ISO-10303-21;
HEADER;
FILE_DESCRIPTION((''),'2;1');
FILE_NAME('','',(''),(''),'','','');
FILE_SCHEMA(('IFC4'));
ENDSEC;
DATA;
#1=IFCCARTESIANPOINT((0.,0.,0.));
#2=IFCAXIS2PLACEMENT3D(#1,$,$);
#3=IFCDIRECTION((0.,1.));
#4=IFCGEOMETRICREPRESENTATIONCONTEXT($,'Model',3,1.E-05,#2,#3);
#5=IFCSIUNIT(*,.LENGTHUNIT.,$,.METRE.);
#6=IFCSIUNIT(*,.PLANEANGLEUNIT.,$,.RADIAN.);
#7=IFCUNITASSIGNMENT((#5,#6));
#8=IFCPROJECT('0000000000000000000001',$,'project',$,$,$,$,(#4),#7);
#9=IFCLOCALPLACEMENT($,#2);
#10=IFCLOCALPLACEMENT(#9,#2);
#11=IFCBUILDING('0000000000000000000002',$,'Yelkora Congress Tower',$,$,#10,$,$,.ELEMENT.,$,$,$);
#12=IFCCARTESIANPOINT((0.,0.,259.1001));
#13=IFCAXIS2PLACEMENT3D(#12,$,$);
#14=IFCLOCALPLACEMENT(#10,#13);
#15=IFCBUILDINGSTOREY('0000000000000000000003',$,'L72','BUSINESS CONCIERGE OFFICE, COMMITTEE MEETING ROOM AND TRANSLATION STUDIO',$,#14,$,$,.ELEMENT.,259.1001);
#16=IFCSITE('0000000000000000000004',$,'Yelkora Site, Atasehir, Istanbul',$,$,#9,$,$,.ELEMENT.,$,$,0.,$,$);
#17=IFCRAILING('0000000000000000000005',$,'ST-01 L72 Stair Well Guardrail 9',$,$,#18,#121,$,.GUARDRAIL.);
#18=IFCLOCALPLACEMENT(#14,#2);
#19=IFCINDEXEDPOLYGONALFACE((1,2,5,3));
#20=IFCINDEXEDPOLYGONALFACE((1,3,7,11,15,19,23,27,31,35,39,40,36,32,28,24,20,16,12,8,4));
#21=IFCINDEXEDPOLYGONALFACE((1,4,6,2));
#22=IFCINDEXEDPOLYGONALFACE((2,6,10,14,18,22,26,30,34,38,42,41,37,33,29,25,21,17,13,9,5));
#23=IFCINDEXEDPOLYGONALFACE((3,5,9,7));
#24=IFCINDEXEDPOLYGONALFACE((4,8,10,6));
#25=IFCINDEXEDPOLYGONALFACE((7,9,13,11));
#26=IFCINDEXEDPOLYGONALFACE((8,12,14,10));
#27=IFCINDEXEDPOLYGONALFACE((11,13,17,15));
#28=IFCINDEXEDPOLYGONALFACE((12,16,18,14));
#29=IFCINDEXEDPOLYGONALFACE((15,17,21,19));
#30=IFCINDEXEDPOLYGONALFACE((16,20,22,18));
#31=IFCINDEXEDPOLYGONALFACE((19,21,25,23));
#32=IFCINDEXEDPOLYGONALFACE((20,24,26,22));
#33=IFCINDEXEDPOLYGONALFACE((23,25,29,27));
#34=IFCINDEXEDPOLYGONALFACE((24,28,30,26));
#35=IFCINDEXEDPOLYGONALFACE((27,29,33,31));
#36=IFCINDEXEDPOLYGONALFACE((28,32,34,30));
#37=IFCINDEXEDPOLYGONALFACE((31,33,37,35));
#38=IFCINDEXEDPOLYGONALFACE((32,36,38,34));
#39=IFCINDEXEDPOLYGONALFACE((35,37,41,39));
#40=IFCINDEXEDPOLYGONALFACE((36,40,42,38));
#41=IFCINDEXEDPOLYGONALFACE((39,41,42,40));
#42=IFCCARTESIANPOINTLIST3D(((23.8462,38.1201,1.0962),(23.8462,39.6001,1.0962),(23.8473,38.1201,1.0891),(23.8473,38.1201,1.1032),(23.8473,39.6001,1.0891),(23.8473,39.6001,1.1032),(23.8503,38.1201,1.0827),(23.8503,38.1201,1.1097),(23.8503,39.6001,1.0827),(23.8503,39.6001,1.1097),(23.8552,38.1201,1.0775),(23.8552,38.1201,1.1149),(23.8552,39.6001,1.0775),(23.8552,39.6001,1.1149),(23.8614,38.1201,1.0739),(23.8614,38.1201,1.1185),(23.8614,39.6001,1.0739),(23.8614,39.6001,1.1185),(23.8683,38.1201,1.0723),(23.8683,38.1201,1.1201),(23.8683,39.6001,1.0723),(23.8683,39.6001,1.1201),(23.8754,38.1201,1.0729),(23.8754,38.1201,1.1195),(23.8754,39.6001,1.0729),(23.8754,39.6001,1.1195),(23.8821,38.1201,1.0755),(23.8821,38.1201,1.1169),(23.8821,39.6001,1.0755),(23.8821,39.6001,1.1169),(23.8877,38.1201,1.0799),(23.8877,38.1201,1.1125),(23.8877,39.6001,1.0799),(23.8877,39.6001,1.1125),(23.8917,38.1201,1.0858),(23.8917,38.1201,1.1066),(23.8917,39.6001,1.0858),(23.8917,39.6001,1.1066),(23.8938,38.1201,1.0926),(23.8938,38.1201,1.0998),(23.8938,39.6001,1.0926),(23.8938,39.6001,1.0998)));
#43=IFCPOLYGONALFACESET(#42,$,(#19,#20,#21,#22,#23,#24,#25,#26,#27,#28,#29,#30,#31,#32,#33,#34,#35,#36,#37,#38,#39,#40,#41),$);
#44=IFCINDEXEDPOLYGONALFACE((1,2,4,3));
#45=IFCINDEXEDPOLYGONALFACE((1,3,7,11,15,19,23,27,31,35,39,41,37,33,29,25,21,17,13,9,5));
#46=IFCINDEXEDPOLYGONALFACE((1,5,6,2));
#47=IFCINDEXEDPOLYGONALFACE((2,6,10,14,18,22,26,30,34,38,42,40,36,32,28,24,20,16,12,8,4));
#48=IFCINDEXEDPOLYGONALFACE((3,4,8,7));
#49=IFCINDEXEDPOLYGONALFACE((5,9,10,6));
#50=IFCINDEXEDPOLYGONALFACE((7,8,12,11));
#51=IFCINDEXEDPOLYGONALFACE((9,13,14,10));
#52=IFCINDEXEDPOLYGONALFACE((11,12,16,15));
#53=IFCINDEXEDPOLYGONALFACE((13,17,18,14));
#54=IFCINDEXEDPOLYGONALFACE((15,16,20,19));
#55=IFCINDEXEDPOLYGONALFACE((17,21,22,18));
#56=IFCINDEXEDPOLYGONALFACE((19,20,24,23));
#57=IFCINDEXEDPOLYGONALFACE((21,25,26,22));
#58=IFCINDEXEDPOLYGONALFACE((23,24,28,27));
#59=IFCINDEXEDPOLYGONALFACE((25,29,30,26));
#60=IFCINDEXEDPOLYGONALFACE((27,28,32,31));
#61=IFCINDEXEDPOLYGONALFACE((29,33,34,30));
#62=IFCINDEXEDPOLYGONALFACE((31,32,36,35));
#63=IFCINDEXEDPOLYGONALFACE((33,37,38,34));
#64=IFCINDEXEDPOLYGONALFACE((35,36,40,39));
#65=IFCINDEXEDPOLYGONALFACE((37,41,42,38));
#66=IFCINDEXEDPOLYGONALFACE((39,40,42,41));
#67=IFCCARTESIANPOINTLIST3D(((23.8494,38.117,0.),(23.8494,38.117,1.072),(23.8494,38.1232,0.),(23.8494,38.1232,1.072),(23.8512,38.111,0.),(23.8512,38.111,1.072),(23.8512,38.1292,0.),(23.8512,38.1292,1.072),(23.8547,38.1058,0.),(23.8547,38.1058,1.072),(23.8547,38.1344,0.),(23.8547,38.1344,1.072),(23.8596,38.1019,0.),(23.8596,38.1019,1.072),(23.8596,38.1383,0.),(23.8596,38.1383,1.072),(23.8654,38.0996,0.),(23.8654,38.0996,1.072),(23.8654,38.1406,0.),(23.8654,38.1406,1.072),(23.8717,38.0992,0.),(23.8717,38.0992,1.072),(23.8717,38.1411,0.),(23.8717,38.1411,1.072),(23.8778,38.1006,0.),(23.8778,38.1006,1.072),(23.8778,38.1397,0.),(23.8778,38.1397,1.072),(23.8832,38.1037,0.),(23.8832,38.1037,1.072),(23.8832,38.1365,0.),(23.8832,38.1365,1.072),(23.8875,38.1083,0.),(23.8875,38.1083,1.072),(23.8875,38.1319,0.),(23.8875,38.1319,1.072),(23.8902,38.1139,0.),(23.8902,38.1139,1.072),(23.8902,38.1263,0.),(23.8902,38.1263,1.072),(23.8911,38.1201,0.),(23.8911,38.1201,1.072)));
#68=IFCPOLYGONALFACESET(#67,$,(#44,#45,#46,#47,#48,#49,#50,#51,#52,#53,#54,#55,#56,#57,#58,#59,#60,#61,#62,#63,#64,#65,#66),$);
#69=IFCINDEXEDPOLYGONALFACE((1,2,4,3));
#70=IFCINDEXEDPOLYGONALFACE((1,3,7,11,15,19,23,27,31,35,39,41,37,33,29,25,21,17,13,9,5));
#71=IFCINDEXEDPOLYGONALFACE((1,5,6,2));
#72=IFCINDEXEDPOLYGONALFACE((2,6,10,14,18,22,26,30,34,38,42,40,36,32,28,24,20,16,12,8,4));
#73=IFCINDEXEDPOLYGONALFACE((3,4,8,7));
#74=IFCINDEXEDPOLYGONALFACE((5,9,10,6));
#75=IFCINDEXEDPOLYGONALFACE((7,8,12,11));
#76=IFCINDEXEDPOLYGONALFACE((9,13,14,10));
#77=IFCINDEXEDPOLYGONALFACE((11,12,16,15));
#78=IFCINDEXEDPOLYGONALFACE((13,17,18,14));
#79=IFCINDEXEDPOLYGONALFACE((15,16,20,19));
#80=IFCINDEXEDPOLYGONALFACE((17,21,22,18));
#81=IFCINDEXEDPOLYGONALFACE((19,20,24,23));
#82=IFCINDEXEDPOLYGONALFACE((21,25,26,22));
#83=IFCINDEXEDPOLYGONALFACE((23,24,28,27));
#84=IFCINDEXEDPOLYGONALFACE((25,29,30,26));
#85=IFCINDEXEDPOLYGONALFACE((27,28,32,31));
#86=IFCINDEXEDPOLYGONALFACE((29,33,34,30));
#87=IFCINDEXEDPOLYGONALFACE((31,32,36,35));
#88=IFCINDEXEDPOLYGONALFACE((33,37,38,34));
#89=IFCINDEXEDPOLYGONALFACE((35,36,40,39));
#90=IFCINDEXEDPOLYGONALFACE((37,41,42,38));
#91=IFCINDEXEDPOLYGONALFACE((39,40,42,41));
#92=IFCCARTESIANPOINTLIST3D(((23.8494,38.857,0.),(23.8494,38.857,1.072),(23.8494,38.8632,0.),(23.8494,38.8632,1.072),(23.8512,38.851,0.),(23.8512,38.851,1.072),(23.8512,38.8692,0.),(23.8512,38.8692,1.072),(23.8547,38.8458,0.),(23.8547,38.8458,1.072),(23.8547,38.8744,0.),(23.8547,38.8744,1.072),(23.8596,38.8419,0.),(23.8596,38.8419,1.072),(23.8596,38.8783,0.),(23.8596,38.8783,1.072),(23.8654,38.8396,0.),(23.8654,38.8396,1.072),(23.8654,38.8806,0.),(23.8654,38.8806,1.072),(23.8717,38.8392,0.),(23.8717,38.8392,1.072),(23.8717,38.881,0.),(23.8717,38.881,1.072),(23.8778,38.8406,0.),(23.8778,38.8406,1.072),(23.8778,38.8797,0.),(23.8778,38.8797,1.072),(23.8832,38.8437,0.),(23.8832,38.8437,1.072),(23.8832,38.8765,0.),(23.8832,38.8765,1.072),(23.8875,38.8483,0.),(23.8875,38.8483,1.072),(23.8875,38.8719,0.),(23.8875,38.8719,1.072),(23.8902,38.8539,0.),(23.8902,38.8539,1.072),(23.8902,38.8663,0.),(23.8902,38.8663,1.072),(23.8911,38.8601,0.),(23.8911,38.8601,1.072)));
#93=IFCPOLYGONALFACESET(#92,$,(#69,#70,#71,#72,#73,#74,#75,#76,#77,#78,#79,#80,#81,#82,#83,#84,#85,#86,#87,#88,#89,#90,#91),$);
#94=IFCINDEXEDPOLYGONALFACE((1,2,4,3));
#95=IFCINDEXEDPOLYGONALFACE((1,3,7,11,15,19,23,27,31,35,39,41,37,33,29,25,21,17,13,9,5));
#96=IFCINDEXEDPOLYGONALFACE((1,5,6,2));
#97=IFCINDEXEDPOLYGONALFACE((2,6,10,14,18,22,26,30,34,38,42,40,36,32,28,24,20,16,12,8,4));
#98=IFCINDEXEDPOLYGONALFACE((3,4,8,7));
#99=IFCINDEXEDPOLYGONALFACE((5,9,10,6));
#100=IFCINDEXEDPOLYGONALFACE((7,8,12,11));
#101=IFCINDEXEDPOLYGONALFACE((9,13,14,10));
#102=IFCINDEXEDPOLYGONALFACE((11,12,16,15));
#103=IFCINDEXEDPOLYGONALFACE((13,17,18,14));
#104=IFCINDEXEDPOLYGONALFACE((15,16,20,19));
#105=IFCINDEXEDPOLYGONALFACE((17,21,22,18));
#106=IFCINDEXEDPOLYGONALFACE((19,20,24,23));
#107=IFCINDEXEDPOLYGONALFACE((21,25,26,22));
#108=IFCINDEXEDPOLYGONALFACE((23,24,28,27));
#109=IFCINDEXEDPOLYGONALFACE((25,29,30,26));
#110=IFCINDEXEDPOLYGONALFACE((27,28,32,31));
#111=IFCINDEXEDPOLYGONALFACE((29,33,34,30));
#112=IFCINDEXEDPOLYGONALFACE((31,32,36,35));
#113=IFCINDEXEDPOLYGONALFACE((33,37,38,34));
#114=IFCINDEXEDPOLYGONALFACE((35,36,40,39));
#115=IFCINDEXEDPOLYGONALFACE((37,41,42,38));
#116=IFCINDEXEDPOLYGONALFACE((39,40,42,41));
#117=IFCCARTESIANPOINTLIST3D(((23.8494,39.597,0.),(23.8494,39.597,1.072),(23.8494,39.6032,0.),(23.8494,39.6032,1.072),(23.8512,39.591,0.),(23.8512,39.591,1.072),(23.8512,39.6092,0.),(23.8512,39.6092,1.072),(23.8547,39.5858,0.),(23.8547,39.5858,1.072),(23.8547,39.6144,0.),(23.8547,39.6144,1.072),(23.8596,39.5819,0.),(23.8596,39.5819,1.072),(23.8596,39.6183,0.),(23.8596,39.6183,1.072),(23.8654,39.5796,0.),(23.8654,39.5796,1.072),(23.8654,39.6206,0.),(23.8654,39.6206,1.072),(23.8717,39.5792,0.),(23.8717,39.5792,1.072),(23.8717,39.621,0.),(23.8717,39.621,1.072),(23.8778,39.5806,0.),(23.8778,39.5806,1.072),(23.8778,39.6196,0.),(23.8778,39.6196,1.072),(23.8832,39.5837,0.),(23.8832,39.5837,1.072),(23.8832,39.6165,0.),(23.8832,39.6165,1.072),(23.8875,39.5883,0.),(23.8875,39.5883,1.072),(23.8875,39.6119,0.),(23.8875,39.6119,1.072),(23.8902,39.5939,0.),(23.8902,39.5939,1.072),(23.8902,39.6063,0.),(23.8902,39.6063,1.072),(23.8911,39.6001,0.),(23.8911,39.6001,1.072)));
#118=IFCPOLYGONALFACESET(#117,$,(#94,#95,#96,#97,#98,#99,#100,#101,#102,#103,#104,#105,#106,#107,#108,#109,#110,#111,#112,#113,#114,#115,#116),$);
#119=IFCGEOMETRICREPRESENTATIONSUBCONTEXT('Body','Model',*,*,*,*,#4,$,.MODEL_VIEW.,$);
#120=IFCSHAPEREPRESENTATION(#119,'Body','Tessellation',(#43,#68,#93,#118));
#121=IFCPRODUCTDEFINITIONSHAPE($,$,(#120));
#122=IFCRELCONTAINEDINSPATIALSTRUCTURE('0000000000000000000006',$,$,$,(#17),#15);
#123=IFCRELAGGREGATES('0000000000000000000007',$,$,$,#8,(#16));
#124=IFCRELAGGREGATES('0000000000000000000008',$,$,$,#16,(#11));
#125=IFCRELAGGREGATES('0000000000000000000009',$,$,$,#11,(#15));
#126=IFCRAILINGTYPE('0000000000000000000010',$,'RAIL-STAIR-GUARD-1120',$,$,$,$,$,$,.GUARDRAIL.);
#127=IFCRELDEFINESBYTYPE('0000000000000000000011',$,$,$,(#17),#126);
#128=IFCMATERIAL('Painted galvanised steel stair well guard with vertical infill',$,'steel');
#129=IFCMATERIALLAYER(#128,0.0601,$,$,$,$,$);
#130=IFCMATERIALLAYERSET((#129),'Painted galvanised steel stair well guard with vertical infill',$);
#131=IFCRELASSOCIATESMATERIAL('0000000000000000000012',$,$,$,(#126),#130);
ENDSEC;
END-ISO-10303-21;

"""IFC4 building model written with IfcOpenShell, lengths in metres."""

from ifc_helpers import new_model, si_unit, direction, frame, origin, origin_2d, place, context, subcontext, project, spatial, circle, extrude, material, layer, layer_set, type_object, element, save


model = new_model("IFC4")

# Units and contexts
model_context = context("Model", 3, precision=1e-05, world=origin(), true_north=direction((0.0, 1.0)))
body_context = subcontext(model_context, "Body", "Model", "MODEL_VIEW")
ifc_project = project(units=[si_unit("LENGTHUNIT", "METRE"), si_unit("PLANEANGLEUNIT", "RADIAN")], contexts=[model_context])

# Site, building, storey
site_placement = place(None, origin())
site = spatial("IfcSite", under=ifc_project, at=site_placement, Name="Yelkora Site, Atasehir, Istanbul", CompositionType="ELEMENT", RefElevation=0.0)
building_placement = place(site_placement, origin())
building = spatial("IfcBuilding", under=site, at=building_placement, Name="Yelkora Congress Tower", CompositionType="ELEMENT")
storey_placement = place(building_placement, frame((0.0, 0.0, 259.1001)))
storey = spatial("IfcBuildingStorey", under=building, at=storey_placement, Name="L72", Description="BUSINESS CONCIERGE OFFICE, COMMITTEE MEETING ROOM AND TRANSLATION STUDIO", CompositionType="ELEMENT", Elevation=259.1001)

# Railing
ifc_material_1 = material(Name="Painted galvanised steel stair well guard with vertical infill", Category="steel")
ifc_layer_1 = layer(ifc_material_1, 0.0601)
ifc_layer_set_1 = layer_set([ifc_layer_1], Name="Painted galvanised steel stair well guard with vertical infill")
railing_type_1 = type_object("IfcRailingType", Name="RAIL-STAIR-GUARD-1120", PredefinedType="GUARDRAIL", material=ifc_layer_set_1)
for number, where, name in (
    (1, (23.8701, 38.1201, 0.0), "ST-01 L72 Stair Well Guardrail 9"),
):
    element("IfcRailing", number, at=place(storey_placement, frame(where)), inside=storey, type_object=railing_type_1, Name=name, PredefinedType="GUARDRAIL", context=body_context, shape_type="SweptSolid", body=[
        extrude(circle(Radius=0.0239, at=origin_2d()), frame((0.0, 0.0, 1.0962), z_axis=(0.0, 1.0, 0.0), x_axis=(-1.0, 0.0, 0.0)), (0.0, 0.0, 1.0), 1.48),
        extrude(circle(Radius=0.021, at=origin_2d()), origin(), (0.0, 0.0, 1.0), 1.072),
        extrude(circle(Radius=0.021, at=origin_2d()), frame((0.0, 0.74, 0.0)), (0.0, 0.0, 1.0), 1.072),
        extrude(circle(Radius=0.021, at=origin_2d()), frame((0.0, 1.48, 0.0)), (0.0, 0.0, 1.0), 1.072),
    ])

save(model, "model.ifc")
